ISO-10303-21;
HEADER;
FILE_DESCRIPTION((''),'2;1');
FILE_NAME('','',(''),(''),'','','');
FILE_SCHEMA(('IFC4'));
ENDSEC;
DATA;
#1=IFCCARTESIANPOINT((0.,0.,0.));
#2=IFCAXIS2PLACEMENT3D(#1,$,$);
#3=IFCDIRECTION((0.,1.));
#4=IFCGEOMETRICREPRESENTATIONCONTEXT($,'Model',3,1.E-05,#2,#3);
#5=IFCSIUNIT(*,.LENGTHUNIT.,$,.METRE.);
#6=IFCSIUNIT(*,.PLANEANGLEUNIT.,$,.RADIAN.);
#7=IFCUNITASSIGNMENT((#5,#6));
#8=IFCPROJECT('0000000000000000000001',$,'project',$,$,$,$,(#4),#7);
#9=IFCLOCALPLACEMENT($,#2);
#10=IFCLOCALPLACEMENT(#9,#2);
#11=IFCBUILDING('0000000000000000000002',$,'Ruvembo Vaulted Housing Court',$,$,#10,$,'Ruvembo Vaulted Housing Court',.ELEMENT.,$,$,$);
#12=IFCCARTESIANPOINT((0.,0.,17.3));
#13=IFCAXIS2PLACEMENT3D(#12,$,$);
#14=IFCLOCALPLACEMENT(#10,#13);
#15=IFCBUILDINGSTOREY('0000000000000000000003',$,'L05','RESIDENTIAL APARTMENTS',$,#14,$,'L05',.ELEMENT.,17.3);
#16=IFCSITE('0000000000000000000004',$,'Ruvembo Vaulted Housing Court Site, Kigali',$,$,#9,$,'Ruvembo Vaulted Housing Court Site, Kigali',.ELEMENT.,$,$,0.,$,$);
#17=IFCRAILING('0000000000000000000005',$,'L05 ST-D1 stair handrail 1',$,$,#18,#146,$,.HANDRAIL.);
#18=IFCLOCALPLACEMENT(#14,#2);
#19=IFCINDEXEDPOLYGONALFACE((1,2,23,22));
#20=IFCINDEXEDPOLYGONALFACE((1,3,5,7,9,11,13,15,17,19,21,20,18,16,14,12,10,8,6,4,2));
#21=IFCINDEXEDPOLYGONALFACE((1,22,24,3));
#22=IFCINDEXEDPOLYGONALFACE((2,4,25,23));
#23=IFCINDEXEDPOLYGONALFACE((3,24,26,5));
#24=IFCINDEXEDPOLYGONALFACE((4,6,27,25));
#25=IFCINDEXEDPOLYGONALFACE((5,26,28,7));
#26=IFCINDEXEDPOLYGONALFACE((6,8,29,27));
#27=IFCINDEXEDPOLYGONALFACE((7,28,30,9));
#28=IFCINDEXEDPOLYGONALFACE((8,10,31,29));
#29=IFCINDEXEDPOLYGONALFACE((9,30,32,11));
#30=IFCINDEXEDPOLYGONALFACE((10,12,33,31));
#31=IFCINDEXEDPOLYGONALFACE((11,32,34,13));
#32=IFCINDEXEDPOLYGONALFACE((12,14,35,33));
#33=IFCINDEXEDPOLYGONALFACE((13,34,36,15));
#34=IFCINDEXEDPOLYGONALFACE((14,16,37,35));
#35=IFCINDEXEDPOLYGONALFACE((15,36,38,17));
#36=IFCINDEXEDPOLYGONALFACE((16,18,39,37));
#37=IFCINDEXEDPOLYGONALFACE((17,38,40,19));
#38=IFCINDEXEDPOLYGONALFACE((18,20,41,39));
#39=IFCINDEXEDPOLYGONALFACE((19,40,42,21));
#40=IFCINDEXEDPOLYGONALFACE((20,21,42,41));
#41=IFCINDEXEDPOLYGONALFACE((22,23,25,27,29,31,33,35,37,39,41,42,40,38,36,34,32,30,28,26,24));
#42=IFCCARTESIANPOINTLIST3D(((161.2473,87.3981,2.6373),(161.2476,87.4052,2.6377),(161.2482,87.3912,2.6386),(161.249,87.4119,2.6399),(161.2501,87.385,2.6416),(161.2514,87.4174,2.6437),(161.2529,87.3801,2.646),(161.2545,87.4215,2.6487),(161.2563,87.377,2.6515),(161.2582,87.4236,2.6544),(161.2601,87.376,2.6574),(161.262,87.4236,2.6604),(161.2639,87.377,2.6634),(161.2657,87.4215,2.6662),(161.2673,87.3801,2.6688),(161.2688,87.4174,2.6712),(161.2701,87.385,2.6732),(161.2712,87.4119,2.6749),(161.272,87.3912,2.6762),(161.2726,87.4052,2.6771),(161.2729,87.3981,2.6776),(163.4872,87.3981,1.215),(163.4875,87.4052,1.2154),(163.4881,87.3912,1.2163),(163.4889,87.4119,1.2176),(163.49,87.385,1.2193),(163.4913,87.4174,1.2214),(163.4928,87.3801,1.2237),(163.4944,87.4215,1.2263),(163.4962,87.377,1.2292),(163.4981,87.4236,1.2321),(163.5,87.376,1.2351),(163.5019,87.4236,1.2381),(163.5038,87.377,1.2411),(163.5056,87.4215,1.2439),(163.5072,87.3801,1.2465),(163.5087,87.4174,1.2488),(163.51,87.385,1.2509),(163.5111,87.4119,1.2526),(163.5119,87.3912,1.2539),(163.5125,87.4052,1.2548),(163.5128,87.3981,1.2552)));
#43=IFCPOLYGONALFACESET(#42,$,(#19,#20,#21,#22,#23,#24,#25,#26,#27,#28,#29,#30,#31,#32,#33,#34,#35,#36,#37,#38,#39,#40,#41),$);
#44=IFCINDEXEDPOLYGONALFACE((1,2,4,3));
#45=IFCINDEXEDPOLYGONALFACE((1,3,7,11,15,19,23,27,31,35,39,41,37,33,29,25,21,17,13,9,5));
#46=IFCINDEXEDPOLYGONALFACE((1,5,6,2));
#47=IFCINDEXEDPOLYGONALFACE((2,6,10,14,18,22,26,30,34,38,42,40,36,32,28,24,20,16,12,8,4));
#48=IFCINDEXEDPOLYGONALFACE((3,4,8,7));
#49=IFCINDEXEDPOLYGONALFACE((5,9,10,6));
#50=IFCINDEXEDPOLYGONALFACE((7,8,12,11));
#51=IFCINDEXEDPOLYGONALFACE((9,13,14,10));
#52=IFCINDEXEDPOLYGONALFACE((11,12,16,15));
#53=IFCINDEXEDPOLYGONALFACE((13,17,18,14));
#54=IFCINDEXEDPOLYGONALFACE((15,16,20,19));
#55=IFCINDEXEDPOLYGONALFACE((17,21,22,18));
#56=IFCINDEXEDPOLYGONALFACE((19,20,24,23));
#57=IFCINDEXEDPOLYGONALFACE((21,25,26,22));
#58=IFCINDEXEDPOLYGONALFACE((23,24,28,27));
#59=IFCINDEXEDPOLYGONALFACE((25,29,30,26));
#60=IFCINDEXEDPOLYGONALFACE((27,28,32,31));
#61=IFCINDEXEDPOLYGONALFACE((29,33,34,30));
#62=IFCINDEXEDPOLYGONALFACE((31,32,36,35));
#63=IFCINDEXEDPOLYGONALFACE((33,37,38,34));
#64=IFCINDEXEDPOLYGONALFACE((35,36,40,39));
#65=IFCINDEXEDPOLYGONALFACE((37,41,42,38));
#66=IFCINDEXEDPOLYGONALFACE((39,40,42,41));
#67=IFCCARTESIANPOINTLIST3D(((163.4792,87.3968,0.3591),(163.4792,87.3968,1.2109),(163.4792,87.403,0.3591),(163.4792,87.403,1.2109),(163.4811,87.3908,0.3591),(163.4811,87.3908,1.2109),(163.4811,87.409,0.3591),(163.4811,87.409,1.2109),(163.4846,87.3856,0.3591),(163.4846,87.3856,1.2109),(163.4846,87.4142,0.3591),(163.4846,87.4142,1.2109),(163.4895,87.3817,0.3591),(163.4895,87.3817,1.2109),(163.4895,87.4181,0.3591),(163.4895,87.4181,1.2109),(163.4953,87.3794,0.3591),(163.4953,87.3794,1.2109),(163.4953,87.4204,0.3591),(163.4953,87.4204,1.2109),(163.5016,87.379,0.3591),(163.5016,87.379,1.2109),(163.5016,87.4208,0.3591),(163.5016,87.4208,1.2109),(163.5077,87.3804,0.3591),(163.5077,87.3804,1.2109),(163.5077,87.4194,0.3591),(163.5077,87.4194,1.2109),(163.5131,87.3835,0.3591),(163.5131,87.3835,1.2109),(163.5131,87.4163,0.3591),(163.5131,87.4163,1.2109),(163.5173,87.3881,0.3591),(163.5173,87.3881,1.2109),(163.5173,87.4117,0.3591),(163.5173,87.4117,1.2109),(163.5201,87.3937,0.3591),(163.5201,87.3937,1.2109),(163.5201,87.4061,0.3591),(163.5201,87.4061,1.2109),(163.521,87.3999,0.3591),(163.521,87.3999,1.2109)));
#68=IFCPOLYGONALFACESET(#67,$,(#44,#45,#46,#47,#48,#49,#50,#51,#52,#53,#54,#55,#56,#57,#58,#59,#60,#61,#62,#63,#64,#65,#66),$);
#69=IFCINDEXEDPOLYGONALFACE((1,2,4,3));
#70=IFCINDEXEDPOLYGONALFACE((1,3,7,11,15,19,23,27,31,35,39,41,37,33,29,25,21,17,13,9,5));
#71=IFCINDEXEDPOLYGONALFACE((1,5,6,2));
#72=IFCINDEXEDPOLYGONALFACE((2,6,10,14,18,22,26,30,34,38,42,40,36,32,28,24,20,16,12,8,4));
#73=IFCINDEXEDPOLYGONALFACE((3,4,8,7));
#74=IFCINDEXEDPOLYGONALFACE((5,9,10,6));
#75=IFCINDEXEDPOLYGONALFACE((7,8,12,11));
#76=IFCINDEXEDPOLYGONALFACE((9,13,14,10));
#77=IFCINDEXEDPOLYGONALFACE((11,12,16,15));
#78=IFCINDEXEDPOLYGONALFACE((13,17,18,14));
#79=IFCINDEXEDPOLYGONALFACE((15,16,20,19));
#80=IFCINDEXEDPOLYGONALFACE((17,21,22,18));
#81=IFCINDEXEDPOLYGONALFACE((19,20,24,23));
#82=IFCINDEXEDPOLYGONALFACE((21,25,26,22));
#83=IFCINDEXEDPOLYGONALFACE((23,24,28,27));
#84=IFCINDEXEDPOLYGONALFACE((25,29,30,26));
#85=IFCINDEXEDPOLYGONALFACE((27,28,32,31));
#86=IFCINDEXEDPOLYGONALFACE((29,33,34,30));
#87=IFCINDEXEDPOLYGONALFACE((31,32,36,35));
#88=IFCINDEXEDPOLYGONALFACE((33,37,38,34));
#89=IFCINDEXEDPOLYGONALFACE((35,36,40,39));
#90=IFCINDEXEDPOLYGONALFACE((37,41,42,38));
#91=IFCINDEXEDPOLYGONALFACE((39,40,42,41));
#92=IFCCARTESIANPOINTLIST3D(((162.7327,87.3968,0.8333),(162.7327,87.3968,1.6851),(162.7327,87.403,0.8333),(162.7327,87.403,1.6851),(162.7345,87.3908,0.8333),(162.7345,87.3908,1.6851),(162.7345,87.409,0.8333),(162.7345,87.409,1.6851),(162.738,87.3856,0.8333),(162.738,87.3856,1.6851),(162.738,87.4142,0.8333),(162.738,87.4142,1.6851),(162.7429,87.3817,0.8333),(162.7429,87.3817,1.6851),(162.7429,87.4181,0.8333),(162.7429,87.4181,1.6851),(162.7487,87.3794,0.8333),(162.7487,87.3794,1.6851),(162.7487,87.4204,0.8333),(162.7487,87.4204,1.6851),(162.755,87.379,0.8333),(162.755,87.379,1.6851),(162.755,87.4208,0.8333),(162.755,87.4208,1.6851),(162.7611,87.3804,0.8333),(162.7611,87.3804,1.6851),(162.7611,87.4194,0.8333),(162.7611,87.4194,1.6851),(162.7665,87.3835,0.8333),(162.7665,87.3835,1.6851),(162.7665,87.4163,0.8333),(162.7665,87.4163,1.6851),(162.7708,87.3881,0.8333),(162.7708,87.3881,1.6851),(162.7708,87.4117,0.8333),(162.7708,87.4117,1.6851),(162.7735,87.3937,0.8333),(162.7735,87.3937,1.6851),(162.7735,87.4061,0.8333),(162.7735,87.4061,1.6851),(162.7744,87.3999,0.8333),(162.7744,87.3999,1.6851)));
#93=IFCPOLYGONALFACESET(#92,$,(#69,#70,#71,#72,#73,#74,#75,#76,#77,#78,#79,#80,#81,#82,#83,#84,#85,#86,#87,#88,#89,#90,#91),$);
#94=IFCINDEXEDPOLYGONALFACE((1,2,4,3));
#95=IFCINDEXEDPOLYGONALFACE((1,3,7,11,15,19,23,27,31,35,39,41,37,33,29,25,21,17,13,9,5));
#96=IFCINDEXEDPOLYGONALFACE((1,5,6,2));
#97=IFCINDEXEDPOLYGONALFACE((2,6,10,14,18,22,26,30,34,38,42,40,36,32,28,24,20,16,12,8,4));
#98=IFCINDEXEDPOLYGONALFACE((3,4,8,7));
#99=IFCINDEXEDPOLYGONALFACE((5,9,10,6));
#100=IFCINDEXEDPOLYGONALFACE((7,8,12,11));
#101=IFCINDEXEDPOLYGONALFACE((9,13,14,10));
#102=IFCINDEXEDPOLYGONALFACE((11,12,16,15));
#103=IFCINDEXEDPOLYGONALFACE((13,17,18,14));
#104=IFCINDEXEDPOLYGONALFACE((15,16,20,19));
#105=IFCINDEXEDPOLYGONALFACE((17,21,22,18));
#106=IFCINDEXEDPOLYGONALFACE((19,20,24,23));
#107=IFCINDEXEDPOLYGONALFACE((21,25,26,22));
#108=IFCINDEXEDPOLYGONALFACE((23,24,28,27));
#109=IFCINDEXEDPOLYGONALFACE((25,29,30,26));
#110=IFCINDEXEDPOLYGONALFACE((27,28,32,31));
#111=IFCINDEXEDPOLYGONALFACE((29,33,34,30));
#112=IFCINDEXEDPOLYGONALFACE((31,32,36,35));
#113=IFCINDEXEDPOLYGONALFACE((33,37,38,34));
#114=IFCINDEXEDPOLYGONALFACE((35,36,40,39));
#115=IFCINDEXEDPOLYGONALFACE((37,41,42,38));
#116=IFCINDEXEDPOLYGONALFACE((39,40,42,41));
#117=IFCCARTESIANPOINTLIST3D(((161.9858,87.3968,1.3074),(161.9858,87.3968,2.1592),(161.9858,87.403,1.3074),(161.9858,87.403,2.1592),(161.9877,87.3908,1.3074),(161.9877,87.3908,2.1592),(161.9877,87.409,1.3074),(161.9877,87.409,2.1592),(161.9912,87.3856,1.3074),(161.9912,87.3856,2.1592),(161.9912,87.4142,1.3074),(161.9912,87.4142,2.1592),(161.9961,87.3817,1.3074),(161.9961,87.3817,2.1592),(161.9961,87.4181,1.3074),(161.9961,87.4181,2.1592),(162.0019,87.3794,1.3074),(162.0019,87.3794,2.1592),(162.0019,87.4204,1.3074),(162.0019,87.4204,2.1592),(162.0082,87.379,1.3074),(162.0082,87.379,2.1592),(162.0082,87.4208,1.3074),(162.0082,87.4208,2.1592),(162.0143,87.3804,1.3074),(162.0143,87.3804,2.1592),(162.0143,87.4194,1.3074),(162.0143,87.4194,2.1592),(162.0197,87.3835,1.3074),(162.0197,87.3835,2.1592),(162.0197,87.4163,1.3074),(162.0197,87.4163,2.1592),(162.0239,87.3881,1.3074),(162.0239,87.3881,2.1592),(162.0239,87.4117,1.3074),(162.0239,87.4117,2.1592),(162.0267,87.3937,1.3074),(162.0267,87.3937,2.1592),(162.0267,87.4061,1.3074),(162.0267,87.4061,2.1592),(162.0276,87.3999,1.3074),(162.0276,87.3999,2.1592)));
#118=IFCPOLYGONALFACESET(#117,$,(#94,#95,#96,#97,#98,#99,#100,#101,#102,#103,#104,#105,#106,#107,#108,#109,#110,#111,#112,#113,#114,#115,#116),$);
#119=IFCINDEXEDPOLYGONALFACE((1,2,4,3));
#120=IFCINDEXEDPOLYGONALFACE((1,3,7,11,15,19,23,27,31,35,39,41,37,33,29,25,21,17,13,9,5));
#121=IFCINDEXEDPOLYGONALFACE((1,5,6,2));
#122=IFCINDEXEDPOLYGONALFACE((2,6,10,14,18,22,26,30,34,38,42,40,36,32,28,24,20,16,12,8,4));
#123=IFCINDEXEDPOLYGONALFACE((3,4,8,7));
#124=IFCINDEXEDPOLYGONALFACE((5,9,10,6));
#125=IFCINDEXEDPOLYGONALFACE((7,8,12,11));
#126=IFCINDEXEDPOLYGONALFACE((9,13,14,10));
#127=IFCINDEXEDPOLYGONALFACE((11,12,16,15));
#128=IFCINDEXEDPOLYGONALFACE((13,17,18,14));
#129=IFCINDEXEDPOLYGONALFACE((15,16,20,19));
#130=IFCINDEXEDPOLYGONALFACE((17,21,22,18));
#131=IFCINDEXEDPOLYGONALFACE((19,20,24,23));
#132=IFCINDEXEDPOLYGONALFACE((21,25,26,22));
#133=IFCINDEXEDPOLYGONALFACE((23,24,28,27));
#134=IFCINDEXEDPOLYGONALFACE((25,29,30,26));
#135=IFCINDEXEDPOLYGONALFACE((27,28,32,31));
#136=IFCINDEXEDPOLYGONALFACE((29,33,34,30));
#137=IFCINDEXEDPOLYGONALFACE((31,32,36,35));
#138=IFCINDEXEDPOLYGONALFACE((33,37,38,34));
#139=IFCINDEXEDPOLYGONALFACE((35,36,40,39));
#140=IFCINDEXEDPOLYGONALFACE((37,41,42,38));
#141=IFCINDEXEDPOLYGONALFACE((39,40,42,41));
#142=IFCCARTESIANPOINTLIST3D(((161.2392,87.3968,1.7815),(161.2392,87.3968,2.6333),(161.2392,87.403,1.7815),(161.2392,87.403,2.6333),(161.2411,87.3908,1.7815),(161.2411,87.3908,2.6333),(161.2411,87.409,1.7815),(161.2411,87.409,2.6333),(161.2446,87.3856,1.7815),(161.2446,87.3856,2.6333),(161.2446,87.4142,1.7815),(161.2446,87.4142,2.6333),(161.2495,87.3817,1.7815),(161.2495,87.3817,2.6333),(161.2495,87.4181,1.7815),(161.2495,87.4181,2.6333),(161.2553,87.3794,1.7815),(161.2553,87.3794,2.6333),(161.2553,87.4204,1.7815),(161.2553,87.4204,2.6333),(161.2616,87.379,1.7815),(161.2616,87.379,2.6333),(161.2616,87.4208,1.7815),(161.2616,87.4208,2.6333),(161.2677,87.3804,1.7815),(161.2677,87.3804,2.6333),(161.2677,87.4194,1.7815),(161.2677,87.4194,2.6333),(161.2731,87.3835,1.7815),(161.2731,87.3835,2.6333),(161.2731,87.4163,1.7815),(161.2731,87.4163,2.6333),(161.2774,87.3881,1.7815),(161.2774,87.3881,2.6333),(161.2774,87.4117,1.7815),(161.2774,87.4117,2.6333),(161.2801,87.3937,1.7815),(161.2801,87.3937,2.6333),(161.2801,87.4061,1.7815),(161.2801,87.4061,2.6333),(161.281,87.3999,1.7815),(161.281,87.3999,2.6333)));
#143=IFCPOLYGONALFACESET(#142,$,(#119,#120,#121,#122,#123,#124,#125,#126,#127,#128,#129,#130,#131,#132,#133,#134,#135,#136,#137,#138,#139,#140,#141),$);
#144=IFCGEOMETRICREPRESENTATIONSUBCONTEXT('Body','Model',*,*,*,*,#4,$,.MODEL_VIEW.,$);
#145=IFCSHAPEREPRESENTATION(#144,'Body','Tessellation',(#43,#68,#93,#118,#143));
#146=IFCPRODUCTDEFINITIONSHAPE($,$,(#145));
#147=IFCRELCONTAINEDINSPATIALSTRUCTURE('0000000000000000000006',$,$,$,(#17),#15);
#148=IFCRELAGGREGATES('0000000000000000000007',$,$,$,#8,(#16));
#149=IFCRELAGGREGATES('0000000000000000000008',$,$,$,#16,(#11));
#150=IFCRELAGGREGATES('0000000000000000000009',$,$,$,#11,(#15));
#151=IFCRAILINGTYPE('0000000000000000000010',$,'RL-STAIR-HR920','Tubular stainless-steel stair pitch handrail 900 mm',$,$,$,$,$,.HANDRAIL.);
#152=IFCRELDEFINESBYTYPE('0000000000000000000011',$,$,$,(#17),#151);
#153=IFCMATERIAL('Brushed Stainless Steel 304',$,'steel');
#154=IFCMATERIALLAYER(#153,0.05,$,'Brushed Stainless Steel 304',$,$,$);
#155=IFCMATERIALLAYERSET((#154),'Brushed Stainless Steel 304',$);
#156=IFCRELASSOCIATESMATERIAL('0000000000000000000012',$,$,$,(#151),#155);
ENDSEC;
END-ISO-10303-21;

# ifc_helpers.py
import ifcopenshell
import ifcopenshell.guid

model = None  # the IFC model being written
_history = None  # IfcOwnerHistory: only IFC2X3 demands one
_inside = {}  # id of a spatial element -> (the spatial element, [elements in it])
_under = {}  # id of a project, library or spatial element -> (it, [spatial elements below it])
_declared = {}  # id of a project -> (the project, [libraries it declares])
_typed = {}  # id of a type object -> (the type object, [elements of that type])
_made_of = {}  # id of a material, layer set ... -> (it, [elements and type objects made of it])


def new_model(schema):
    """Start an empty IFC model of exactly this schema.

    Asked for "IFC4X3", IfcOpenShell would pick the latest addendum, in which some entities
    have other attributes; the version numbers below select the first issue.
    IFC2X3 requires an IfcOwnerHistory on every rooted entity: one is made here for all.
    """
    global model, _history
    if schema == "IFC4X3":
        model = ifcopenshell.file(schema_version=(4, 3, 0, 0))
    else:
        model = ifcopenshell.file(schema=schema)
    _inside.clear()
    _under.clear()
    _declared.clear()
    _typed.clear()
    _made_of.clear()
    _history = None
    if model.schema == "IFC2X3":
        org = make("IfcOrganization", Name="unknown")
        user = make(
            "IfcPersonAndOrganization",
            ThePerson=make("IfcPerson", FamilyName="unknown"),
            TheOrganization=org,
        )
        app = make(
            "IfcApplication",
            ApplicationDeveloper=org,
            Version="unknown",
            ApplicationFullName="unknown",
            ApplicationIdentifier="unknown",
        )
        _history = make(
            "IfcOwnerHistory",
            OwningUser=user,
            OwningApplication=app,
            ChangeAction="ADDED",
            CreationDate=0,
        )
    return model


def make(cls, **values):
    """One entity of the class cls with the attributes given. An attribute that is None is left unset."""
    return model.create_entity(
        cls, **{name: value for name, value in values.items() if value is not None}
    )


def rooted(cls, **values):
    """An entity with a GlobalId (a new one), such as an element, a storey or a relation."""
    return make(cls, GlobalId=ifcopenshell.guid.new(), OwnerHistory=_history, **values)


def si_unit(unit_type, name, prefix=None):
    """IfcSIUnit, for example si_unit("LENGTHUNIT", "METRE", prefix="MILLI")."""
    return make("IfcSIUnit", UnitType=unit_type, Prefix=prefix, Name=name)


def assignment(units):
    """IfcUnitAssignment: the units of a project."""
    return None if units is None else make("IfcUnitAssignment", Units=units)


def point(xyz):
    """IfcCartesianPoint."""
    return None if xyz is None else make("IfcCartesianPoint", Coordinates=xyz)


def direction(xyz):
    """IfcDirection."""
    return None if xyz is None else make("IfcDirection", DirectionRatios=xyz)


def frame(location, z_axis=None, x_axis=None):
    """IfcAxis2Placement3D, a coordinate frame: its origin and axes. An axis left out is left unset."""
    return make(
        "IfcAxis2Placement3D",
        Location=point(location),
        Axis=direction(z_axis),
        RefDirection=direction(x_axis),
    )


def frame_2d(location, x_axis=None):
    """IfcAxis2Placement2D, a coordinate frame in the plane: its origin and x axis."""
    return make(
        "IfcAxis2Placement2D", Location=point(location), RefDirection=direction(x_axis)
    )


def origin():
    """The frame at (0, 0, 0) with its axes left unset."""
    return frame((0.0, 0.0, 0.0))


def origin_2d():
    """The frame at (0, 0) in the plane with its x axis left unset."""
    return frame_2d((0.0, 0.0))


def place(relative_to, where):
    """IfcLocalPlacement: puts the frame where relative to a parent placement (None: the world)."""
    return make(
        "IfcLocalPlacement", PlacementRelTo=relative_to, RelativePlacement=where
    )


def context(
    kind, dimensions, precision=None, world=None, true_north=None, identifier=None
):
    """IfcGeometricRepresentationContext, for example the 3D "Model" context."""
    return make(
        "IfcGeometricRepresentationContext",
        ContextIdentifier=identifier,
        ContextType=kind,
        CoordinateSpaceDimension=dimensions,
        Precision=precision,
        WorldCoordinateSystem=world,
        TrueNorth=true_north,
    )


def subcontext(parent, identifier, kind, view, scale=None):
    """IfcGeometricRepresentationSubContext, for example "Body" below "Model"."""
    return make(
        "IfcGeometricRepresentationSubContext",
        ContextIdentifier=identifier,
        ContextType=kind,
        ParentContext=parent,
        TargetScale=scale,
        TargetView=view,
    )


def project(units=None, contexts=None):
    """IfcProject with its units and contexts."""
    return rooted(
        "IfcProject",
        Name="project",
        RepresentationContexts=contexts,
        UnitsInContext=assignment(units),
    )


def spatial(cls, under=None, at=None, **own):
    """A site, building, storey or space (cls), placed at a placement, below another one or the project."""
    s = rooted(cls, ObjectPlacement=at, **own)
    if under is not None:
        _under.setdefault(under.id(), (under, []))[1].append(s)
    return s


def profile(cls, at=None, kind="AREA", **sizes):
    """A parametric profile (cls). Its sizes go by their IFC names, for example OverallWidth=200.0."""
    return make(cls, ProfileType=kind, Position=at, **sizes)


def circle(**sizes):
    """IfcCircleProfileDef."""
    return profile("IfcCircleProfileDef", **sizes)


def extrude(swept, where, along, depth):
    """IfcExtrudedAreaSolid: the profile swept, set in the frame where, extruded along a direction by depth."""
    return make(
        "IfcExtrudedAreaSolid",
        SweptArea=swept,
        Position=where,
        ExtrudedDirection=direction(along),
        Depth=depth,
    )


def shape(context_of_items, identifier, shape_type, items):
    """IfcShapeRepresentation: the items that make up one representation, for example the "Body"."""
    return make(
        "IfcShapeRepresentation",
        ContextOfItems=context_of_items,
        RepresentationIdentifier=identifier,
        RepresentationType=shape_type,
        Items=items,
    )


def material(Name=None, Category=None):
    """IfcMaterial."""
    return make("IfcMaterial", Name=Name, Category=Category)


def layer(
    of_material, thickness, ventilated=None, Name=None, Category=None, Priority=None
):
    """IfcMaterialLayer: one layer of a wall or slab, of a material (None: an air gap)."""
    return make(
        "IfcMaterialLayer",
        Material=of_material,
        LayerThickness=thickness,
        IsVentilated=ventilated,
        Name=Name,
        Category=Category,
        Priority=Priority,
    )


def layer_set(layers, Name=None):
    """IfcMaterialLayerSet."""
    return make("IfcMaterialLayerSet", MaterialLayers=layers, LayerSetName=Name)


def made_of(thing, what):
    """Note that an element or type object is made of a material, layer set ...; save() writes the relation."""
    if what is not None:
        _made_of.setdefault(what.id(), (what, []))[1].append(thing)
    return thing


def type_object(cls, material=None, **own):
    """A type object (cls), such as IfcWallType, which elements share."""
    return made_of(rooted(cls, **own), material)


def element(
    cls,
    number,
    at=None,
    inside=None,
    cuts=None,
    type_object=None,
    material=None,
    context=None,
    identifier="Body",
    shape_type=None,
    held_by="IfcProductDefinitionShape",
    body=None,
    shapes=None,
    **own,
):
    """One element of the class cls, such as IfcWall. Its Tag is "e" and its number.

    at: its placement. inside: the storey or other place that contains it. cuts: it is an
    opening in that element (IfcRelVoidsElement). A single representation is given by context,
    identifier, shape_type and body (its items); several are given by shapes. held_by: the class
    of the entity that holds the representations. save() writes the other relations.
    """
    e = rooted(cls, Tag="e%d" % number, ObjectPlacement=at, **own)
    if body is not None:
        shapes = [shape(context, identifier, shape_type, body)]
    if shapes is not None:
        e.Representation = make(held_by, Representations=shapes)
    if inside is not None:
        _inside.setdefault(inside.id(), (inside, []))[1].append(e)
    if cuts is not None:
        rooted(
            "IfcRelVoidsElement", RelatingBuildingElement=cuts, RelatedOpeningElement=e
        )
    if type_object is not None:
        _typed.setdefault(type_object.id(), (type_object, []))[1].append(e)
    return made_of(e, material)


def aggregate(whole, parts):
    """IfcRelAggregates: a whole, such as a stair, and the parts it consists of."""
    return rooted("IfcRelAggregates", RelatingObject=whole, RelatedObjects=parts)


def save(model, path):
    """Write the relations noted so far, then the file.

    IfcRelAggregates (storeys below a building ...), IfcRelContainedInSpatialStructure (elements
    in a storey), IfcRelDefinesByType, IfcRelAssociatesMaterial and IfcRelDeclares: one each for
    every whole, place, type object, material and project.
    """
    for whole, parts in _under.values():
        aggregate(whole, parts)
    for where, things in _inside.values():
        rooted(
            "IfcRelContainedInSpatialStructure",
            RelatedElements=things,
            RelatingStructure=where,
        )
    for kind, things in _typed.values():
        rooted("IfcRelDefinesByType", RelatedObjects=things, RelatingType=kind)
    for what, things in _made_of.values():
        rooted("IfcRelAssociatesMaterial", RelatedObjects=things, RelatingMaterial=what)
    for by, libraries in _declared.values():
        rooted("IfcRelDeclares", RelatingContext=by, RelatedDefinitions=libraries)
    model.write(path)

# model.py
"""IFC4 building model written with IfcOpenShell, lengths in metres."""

from ifc_helpers import new_model, si_unit, direction, frame, origin, origin_2d, place, context, subcontext, project, spatial, circle, extrude, material, layer, layer_set, type_object, element, save


model = new_model("IFC4")

# Units and contexts
model_context = context("Model", 3, precision=1e-05, world=origin(), true_north=direction((0.0, 1.0)))
body_context = subcontext(model_context, "Body", "Model", "MODEL_VIEW")
ifc_project = project(units=[si_unit("LENGTHUNIT", "METRE"), si_unit("PLANEANGLEUNIT", "RADIAN")], contexts=[model_context])

# Site, building, storey
site_placement = place(None, origin())
site = spatial("IfcSite", under=ifc_project, at=site_placement, Name="Ruvembo Vaulted Housing Court Site, Kigali", LongName="Ruvembo Vaulted Housing Court Site, Kigali", CompositionType="ELEMENT", RefElevation=0.0)
building_placement = place(site_placement, origin())
building = spatial("IfcBuilding", under=site, at=building_placement, Name="Ruvembo Vaulted Housing Court", LongName="Ruvembo Vaulted Housing Court", CompositionType="ELEMENT")
storey_placement = place(building_placement, frame((0.0, 0.0, 17.3)))
storey = spatial("IfcBuildingStorey", under=building, at=storey_placement, Name="L05", Description="RESIDENTIAL APARTMENTS", LongName="L05", CompositionType="ELEMENT", Elevation=17.3)

# Shared definitions
ifc_material_1 = material(Name="Brushed Stainless Steel 304", Category="steel")

# Railing
ifc_layer_1 = layer(ifc_material_1, 0.05, Name="Brushed Stainless Steel 304")
ifc_layer_set_1 = layer_set([ifc_layer_1], Name="Brushed Stainless Steel 304")
railing_type_1 = type_object("IfcRailingType", Name="RL-STAIR-HR920", Description="Tubular stainless-steel stair pitch handrail 900 mm", PredefinedType="HANDRAIL", material=ifc_layer_set_1)
railing_1_placement = place(storey_placement, frame((163.5, 87.3999, 0.3591)))
element("IfcRailing", 1, at=railing_1_placement, inside=storey, type_object=railing_type_1, Name="L05 ST-D1 stair handrail 1", PredefinedType="HANDRAIL", context=body_context, shape_type="SweptSolid", body=[
    extrude(circle(Radius=0.0239, at=origin_2d()), frame((0.0, 0.0, 0.876), z_axis=(-0.844188, 0.0, 0.536048), x_axis=(0.0, -1.0, 0.0)), (0.0, 0.0, 1.0), 2.6533),
    extrude(circle(Radius=0.021, at=origin_2d()), origin(), (0.0, 0.0, 1.0), 0.8518),
    extrude(circle(Radius=0.021, at=origin_2d()), frame((-0.7466, 0.0, 0.4741)), (0.0, 0.0, 1.0), 0.8518),
    extrude(circle(Radius=0.021, at=origin_2d()), frame((-1.4934, 0.0, 0.9482)), (0.0, 0.0, 1.0), 0.8518),
    extrude(circle(Radius=0.021, at=origin_2d()), frame((-2.24, 0.0, 1.4224)), (0.0, 0.0, 1.0), 0.8518),
])

save(model, "model.ifc")
